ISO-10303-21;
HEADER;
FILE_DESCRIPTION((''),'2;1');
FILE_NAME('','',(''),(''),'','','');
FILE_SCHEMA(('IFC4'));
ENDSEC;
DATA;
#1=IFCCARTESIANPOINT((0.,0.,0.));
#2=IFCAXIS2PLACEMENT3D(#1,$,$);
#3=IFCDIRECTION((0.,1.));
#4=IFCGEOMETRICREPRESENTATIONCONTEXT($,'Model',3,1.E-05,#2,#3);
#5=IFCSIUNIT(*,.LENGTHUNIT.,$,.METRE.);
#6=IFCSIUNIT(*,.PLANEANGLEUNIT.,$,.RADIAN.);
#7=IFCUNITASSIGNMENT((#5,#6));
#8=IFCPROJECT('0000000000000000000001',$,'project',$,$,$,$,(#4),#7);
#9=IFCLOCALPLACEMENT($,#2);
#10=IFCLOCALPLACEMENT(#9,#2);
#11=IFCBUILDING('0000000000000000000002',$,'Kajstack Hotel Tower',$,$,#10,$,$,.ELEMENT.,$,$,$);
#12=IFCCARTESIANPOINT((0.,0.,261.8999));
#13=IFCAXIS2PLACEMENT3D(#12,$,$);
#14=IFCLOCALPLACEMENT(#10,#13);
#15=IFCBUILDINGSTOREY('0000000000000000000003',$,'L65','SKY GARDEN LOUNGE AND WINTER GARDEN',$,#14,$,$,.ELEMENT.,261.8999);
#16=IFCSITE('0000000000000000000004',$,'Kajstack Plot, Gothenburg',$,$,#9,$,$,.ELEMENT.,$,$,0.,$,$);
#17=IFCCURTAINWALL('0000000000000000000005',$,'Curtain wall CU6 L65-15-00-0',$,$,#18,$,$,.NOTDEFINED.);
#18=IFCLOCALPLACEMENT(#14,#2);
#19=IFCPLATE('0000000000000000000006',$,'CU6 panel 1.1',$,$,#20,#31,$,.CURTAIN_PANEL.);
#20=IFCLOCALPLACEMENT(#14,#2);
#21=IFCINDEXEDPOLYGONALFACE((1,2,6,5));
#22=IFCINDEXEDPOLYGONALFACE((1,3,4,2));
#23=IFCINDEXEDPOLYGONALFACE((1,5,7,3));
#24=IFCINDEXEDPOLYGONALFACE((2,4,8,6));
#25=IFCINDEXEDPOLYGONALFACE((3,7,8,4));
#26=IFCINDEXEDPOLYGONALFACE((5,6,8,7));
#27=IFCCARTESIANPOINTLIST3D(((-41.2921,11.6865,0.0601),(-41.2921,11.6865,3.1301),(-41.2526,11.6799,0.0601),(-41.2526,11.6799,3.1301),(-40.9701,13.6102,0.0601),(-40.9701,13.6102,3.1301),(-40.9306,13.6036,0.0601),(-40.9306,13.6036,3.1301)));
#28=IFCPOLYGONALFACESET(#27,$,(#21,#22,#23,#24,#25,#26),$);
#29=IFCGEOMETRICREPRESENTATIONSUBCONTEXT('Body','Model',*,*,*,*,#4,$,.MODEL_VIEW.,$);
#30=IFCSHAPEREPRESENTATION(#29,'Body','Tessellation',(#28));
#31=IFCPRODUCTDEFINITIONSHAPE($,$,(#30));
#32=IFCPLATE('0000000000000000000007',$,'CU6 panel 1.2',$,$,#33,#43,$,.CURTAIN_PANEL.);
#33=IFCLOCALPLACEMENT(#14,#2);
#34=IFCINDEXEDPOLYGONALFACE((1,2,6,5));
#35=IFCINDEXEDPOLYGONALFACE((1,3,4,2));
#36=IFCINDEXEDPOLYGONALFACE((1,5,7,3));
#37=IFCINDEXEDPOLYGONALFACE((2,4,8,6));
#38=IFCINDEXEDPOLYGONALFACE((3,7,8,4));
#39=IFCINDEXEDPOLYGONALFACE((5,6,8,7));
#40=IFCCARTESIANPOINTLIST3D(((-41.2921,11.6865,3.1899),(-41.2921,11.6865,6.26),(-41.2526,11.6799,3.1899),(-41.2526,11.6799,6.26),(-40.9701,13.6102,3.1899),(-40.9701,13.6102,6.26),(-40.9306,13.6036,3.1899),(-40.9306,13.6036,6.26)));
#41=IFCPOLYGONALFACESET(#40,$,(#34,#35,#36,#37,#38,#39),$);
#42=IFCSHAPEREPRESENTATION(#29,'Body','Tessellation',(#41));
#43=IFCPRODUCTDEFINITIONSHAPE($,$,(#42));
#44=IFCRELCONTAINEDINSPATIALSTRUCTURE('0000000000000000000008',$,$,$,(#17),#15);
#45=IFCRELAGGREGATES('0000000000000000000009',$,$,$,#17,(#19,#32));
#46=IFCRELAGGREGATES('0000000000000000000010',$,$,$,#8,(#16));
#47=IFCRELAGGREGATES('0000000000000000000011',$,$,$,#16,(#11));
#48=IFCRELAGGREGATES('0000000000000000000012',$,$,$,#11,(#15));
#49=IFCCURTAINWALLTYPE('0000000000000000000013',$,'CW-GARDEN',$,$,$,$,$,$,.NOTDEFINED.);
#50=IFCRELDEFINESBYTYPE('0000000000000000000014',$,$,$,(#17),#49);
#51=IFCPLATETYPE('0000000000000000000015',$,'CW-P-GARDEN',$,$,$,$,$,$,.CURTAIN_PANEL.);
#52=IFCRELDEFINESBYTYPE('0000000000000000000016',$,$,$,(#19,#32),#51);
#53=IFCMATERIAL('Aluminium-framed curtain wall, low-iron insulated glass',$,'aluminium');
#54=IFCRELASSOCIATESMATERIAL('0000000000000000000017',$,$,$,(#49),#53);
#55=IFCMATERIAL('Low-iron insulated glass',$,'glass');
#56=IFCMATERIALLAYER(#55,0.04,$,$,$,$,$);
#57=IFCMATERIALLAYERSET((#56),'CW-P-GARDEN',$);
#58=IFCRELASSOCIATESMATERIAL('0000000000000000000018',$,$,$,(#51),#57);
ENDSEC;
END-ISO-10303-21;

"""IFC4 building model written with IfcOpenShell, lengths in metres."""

from ifc_helpers import new_model, si_unit, direction, frame, origin, origin_2d, place, context, subcontext, project, spatial, rectangle, extrude, material, layer, layer_set, type_object, element, aggregate, save


model = new_model("IFC4")

# Units and contexts
model_context = context("Model", 3, precision=1e-05, world=origin(), true_north=direction((0.0, 1.0)))
body_context = subcontext(model_context, "Body", "Model", "MODEL_VIEW")
ifc_project = project(units=[si_unit("LENGTHUNIT", "METRE"), si_unit("PLANEANGLEUNIT", "RADIAN")], contexts=[model_context])

# Site, building, storey
site_placement = place(None, origin())
site = spatial("IfcSite", under=ifc_project, at=site_placement, Name="Kajstack Plot, Gothenburg", CompositionType="ELEMENT", RefElevation=0.0)
building_placement = place(site_placement, origin())
building = spatial("IfcBuilding", under=site, at=building_placement, Name="Kajstack Hotel Tower", CompositionType="ELEMENT")
storey_placement = place(building_placement, frame((0.0, 0.0, 261.8999)))
storey = spatial("IfcBuildingStorey", under=building, at=storey_placement, Name="L65", Description="SKY GARDEN LOUNGE AND WINTER GARDEN", CompositionType="ELEMENT", Elevation=261.8999)

# Curtain wall
ifc_material_1 = material(Name="Aluminium-framed curtain wall, low-iron insulated glass", Category="aluminium")
curtain_wall_type = type_object("IfcCurtainWallType", Name="CW-GARDEN", PredefinedType="NOTDEFINED", material=ifc_material_1)
curtain_wall_1_placement = place(storey_placement, origin())
curtain_wall_1 = element("IfcCurtainWall", 1, at=curtain_wall_1_placement, inside=storey, type_object=curtain_wall_type, Name="Curtain wall CU6 L65-15-00-0", PredefinedType="NOTDEFINED")

# Plates
ifc_material_2 = material(Name="Low-iron insulated glass", Category="glass")
ifc_layer = layer(ifc_material_2, 0.04)
ifc_layer_set = layer_set([ifc_layer], Name="CW-P-GARDEN")
plate_type = type_object("IfcPlateType", Name="CW-P-GARDEN", PredefinedType="CURTAIN_PANEL", material=ifc_layer_set)
plate_1_placement = place(storey_placement, frame((-41.1113, 12.645, 0.0601), z_axis=(0.0, 0.0, 1.0), x_axis=(-0.16508, -0.98628, 0.0)))
plate_1 = element("IfcPlate", 2, at=plate_1_placement, type_object=plate_type, Name="CU6 panel 1.1", PredefinedType="CURTAIN_PANEL", context=body_context, shape_type="SweptSolid", body=[
    extrude(rectangle(XDim=1.9504, YDim=0.04, at=origin_2d()), origin(), (0.0, 0.0, 1.0), 3.0701),
])
plate_2_placement = place(storey_placement, frame((-41.1113, 12.645, 3.1899), z_axis=(0.0, 0.0, 1.0), x_axis=(-0.16508, -0.98628, 0.0)))
plate_2 = element("IfcPlate", 3, at=plate_2_placement, type_object=plate_type, Name="CU6 panel 1.2", PredefinedType="CURTAIN_PANEL", context=body_context, shape_type="SweptSolid", body=[
    extrude(rectangle(XDim=1.9504, YDim=0.04, at=origin_2d()), origin(), (0.0, 0.0, 1.0), 3.0701),
])
aggregate(curtain_wall_1, [plate_1, plate_2])

save(model, "model.ifc")
